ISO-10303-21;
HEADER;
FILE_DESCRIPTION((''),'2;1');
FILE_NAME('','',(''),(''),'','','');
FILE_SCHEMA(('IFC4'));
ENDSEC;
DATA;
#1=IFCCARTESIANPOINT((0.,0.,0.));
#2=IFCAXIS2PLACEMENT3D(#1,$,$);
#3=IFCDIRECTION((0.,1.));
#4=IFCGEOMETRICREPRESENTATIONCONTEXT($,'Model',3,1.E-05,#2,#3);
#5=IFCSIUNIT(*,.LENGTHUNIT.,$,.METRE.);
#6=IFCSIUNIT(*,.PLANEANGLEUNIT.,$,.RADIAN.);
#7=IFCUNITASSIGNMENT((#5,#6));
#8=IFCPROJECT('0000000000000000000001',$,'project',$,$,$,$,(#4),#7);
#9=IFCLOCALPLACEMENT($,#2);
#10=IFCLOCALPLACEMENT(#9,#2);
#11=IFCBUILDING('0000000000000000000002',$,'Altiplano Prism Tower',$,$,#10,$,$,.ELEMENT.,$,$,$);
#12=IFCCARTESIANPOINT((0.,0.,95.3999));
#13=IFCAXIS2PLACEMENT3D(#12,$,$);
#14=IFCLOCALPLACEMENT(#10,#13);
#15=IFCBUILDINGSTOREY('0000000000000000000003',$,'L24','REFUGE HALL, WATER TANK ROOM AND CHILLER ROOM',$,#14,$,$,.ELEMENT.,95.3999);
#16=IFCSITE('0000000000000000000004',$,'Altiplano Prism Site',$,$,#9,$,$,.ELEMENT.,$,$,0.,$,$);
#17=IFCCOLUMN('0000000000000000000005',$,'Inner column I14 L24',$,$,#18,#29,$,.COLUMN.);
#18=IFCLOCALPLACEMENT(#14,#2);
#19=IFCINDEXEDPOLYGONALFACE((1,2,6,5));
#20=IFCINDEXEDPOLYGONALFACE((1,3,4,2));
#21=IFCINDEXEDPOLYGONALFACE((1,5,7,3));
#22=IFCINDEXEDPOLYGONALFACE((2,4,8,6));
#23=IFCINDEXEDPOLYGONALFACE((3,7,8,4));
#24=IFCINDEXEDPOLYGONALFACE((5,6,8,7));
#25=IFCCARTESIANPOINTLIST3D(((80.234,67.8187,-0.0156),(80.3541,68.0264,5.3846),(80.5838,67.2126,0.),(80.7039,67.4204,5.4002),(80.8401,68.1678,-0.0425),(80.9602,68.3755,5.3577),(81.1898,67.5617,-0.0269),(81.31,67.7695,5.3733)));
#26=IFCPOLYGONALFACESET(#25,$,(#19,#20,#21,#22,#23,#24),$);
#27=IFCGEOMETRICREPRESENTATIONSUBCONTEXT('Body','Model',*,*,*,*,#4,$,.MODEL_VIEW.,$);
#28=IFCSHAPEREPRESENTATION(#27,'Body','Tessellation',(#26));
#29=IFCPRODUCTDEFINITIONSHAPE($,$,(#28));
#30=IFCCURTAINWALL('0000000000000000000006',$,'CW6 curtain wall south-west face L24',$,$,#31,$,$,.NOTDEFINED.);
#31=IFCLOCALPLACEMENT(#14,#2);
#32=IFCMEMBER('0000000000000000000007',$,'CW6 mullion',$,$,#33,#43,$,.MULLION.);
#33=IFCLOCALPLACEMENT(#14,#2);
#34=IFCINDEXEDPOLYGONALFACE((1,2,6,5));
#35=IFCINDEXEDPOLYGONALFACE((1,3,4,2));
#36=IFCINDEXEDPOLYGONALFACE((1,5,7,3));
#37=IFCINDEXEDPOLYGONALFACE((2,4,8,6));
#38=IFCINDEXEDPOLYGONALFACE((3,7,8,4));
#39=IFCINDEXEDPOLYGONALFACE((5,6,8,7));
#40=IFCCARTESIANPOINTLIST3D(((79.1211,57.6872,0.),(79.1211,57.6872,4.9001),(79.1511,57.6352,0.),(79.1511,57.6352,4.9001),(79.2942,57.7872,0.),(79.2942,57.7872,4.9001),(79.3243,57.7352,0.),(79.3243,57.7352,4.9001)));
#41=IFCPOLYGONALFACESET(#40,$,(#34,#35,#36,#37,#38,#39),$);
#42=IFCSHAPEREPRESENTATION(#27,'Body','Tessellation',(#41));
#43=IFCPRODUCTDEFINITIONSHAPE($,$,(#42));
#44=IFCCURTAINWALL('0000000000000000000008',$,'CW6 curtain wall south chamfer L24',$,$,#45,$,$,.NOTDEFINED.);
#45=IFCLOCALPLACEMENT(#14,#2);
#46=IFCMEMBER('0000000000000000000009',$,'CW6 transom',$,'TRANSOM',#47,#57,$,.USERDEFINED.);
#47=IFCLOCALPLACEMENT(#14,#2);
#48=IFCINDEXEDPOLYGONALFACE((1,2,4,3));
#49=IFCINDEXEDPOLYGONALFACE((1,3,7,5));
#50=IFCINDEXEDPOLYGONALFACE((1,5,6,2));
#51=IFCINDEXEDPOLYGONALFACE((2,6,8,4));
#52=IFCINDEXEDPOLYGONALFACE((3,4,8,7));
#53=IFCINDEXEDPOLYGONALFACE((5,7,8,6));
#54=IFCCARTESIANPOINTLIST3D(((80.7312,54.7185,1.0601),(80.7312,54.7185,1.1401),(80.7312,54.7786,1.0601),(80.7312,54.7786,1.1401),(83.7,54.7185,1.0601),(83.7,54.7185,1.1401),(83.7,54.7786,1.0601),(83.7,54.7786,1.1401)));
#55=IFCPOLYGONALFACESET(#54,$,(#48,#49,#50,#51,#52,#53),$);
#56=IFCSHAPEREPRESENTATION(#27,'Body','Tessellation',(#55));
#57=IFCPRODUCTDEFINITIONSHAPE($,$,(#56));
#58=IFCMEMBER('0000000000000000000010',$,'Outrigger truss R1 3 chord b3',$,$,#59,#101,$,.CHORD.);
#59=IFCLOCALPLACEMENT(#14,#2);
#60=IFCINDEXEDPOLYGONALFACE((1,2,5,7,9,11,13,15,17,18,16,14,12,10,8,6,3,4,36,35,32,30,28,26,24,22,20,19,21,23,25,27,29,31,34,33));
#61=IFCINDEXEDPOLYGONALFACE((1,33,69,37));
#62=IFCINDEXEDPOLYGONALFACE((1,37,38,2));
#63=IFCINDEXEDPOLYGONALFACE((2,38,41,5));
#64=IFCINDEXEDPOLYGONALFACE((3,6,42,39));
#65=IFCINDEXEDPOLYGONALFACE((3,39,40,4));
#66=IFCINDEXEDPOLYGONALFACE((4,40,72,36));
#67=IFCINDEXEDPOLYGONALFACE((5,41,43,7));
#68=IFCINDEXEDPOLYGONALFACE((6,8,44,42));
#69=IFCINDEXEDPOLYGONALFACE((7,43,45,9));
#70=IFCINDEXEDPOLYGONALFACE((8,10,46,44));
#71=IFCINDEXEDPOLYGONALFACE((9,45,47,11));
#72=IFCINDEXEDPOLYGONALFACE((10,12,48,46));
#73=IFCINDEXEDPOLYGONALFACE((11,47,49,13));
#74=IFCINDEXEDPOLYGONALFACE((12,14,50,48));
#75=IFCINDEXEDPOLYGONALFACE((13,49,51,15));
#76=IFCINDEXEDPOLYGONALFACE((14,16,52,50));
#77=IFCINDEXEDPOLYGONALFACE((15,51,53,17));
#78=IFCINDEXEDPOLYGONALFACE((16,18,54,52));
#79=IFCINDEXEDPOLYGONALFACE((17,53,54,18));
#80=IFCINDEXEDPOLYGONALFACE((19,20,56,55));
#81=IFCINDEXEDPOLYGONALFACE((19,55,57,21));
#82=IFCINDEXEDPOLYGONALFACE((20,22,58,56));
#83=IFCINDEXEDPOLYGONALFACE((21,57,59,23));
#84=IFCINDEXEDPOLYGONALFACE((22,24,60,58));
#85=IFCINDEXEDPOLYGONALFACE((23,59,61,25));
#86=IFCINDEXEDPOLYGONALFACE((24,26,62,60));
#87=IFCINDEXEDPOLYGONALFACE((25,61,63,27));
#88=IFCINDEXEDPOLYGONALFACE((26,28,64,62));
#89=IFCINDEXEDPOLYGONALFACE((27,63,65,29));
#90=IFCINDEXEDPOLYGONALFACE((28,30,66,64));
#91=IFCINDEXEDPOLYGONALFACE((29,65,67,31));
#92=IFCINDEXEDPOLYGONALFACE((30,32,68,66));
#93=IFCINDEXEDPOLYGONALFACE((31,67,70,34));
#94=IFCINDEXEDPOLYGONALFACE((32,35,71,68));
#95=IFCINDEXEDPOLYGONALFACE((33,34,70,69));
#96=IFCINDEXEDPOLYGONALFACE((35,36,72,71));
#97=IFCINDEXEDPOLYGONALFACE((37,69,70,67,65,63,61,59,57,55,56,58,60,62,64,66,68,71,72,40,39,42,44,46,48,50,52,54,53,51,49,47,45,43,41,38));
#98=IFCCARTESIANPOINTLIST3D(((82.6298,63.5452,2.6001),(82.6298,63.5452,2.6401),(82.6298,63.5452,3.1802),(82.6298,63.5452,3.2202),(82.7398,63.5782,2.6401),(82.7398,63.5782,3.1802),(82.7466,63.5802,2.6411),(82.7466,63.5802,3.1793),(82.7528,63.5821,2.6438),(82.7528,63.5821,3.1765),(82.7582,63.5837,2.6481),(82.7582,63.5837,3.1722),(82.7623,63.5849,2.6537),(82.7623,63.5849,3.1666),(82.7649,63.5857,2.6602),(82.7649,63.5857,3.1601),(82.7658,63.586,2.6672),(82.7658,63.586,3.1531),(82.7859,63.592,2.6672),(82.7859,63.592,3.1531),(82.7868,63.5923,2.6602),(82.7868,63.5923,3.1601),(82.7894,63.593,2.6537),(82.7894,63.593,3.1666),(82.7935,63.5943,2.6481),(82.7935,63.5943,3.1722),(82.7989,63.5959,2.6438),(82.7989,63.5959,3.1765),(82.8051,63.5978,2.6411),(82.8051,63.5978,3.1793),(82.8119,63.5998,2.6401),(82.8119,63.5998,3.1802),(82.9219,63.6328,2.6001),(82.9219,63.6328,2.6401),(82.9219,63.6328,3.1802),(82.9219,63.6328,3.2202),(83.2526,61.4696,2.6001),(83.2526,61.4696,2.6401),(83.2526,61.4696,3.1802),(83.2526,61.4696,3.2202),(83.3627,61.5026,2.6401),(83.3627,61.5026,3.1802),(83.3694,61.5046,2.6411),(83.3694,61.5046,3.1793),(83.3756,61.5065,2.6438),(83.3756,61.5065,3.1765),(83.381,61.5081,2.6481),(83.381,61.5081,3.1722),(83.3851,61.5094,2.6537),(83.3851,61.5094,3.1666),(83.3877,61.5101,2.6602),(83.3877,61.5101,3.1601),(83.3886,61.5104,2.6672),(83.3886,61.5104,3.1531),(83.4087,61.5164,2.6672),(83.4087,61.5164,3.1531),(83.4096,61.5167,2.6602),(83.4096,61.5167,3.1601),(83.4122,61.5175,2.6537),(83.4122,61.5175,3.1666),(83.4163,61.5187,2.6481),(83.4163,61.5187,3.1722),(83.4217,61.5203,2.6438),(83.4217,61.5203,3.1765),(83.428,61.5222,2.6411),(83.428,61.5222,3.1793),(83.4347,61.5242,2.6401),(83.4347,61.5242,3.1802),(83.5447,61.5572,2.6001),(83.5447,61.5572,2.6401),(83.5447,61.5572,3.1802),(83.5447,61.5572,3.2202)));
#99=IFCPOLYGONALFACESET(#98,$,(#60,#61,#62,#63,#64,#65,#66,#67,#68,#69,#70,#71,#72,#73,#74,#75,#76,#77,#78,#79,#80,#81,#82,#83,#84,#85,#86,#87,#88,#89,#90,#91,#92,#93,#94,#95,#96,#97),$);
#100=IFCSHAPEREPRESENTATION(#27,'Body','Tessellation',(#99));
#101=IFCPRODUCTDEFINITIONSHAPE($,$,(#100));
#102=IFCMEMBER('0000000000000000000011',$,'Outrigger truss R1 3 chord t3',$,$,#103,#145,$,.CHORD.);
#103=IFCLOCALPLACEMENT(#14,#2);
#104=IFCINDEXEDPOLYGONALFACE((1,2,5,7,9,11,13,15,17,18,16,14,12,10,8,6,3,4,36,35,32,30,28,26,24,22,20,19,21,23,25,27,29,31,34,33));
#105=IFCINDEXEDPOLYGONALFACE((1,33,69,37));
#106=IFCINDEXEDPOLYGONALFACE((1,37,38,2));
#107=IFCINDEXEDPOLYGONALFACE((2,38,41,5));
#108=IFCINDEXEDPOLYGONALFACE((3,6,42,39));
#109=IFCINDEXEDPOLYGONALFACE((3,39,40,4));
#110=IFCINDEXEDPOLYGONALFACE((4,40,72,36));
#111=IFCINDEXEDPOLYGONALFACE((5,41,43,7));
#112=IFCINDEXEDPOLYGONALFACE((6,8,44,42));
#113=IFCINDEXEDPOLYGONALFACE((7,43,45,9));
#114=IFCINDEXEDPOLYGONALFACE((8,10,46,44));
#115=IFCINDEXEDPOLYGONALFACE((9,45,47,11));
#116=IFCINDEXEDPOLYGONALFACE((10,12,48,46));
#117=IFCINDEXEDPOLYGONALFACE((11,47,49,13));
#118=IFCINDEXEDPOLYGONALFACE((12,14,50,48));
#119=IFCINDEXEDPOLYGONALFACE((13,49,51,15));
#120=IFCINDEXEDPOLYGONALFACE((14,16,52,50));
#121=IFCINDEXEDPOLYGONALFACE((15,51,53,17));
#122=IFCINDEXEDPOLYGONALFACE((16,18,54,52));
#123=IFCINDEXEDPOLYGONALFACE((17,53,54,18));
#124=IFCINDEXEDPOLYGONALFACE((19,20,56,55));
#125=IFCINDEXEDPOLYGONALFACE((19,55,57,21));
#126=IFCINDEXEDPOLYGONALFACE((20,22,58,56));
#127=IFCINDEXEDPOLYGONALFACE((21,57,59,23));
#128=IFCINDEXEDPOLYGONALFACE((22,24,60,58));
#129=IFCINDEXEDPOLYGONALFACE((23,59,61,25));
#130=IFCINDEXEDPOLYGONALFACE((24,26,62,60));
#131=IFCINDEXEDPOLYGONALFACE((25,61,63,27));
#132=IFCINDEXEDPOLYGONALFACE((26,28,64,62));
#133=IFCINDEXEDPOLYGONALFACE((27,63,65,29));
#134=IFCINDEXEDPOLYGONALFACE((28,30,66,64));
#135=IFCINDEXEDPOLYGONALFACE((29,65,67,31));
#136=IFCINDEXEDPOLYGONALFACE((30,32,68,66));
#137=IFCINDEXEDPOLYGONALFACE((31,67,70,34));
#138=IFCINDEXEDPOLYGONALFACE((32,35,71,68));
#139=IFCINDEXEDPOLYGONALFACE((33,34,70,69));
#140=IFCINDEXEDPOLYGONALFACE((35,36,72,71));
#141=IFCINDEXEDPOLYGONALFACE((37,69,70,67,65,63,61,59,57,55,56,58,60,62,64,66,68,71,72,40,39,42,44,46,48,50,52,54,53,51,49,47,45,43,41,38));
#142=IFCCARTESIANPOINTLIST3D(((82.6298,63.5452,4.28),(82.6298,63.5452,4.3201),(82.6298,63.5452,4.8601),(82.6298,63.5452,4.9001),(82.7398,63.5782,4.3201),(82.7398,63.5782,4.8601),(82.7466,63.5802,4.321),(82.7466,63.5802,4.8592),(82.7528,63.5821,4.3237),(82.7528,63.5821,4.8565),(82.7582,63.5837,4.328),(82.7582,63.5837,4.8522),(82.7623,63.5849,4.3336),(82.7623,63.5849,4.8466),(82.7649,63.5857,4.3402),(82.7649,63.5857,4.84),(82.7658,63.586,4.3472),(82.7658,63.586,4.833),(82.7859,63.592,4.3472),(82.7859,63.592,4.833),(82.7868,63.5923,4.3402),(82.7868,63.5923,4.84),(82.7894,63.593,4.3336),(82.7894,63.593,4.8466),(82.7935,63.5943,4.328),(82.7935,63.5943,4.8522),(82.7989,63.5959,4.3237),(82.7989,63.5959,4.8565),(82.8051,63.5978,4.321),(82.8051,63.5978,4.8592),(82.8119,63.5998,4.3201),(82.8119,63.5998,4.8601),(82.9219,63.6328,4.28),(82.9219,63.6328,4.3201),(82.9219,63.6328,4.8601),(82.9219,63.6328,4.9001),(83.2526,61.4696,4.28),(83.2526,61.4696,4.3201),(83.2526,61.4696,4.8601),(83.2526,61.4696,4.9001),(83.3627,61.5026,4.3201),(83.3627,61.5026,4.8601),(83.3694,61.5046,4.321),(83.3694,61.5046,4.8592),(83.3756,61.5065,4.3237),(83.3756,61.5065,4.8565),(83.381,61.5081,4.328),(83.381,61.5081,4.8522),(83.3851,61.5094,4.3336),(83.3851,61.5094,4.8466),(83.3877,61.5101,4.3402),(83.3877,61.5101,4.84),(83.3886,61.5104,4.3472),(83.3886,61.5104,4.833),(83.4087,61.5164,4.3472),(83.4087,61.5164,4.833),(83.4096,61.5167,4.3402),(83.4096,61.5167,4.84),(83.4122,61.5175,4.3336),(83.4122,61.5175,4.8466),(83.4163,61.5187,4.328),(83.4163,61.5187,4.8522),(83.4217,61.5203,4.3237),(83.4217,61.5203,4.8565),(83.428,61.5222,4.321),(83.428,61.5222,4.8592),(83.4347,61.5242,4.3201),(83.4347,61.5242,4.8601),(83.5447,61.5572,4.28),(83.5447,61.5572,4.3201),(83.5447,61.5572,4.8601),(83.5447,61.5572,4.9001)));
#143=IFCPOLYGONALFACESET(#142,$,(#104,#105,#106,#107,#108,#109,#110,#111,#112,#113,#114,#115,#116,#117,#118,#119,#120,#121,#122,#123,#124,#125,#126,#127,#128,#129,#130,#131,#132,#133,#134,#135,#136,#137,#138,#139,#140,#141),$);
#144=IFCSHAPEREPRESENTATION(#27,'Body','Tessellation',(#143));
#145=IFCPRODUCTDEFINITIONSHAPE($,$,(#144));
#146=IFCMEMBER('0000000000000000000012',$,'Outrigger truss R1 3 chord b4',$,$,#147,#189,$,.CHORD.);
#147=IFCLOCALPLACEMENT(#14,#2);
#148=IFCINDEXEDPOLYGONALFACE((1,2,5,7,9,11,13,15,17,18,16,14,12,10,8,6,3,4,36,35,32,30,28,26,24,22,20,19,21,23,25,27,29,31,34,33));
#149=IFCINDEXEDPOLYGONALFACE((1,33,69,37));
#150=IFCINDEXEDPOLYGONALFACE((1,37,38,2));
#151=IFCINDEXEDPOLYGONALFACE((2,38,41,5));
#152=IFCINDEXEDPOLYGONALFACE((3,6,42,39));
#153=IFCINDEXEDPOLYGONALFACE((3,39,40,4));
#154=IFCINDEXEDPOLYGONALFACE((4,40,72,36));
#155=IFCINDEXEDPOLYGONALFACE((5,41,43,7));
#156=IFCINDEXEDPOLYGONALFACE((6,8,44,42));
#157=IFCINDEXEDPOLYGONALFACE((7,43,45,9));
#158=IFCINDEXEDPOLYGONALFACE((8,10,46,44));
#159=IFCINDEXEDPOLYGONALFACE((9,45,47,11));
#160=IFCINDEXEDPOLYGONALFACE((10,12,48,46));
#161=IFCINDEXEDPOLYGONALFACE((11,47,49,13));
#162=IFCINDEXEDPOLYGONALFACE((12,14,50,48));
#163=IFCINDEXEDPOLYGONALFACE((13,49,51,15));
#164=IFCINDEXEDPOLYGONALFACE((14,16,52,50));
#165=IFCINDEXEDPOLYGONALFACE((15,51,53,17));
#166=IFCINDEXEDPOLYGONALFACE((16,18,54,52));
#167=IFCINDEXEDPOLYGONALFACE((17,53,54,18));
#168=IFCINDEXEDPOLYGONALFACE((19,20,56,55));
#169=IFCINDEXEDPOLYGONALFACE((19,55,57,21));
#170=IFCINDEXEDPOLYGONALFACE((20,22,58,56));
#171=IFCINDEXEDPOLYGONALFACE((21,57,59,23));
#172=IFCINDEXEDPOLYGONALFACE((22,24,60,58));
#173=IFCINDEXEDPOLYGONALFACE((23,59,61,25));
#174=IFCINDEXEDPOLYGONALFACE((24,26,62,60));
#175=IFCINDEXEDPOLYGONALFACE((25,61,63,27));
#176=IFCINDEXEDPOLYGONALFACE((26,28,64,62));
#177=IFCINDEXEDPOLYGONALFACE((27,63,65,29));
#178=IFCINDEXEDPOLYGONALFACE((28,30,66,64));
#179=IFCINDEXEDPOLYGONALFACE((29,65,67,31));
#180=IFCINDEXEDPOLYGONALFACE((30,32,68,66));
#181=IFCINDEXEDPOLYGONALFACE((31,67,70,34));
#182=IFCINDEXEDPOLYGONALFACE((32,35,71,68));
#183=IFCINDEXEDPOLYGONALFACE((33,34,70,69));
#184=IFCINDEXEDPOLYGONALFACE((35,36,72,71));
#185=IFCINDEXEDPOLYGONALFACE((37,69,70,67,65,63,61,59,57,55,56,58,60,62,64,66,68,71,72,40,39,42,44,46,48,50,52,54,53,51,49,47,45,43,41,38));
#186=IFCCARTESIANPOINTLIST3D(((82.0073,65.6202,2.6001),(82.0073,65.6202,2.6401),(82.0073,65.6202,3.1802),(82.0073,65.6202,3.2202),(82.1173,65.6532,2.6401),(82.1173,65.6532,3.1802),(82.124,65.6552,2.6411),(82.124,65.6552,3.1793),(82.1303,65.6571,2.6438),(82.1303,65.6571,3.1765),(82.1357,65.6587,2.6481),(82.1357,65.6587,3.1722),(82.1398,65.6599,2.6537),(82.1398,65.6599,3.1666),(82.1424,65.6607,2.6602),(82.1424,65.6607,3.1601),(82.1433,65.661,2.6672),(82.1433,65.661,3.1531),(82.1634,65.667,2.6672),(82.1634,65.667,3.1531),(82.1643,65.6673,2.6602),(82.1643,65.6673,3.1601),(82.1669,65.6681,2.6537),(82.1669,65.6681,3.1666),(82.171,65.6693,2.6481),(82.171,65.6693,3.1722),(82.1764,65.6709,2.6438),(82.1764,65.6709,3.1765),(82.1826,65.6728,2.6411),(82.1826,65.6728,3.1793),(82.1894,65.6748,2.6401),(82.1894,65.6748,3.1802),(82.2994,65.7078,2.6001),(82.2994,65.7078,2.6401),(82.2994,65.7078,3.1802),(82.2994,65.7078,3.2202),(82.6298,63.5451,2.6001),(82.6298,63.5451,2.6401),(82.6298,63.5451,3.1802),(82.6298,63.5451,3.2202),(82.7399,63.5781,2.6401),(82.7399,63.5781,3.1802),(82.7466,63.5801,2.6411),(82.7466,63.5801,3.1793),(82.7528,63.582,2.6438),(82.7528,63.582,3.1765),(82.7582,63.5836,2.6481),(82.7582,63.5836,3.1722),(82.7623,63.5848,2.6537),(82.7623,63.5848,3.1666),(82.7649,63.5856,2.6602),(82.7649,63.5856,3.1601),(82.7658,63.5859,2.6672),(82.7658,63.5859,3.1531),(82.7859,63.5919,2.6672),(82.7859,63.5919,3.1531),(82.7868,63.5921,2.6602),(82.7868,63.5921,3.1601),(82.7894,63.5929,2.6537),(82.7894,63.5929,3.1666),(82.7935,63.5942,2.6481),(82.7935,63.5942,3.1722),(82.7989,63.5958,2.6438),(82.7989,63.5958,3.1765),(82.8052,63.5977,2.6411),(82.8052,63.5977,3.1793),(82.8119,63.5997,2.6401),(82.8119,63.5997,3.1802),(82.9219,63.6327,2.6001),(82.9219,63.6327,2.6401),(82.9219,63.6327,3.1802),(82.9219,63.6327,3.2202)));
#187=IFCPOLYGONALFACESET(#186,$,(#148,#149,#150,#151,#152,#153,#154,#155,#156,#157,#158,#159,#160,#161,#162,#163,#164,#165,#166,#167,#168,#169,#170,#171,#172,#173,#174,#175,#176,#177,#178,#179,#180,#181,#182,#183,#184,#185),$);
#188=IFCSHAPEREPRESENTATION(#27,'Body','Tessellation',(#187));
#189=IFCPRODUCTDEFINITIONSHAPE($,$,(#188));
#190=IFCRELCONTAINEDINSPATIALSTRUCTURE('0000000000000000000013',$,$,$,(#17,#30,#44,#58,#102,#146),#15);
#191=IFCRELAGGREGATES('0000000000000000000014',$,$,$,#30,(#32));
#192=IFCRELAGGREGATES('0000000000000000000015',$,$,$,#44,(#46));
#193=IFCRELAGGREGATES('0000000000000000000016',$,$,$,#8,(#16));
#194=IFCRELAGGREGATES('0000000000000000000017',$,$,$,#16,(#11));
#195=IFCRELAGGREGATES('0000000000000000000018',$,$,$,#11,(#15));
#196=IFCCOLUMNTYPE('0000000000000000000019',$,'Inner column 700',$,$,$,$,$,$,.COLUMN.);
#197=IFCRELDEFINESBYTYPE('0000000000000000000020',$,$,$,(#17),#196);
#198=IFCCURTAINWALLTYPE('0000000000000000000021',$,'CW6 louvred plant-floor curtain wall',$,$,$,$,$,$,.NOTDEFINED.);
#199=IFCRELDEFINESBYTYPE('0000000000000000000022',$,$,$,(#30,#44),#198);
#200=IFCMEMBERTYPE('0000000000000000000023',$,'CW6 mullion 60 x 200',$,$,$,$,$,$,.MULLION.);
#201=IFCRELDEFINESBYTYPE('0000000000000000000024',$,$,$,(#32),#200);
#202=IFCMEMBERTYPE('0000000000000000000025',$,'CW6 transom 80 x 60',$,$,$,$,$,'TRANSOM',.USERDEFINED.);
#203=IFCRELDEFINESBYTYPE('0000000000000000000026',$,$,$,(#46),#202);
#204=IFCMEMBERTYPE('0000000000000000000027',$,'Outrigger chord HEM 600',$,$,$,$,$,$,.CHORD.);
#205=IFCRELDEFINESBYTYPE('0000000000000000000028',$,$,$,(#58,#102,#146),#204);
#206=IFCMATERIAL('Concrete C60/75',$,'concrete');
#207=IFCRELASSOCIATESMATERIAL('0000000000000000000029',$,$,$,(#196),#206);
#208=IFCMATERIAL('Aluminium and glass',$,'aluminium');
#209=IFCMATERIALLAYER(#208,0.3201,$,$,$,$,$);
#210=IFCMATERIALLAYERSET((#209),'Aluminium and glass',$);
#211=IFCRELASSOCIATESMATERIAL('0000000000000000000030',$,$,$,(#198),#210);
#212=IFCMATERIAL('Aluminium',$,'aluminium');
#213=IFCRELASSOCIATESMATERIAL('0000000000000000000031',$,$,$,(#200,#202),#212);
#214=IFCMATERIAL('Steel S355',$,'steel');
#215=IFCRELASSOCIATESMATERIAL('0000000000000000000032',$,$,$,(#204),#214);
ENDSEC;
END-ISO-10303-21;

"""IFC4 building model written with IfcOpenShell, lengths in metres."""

from ifc_helpers import new_model, si_unit, direction, frame, origin, origin_2d, place, context, subcontext, project, spatial, rectangle, i_section, extrude, material, layer, layer_set, material_profile, profile_set, type_object, element, aggregate, save


model = new_model("IFC4")

# Units and contexts
model_context = context("Model", 3, precision=1e-05, world=origin(), true_north=direction((0.0, 1.0)))
body_context = subcontext(model_context, "Body", "Model", "MODEL_VIEW")
ifc_project = project(units=[si_unit("LENGTHUNIT", "METRE"), si_unit("PLANEANGLEUNIT", "RADIAN")], contexts=[model_context])

# Site, building, storey
site_placement = place(None, origin())
site = spatial("IfcSite", under=ifc_project, at=site_placement, Name="Altiplano Prism Site", CompositionType="ELEMENT", RefElevation=0.0)
building_placement = place(site_placement, origin())
building = spatial("IfcBuilding", under=site, at=building_placement, Name="Altiplano Prism Tower", CompositionType="ELEMENT")
storey_placement = place(building_placement, frame((0.0, 0.0, 95.3999)))
storey = spatial("IfcBuildingStorey", under=building, at=storey_placement, Name="L24", Description="REFUGE HALL, WATER TANK ROOM AND CHILLER ROOM", CompositionType="ELEMENT", Elevation=95.3999)

# Column
ifc_material_1 = material(Name="Concrete C60/75", Category="concrete")
ifc_material_profile_1 = material_profile(ifc_material_1, rectangle(XDim=0.7, YDim=0.7, at=origin_2d()), Name="Inner column 700")
ifc_profile_set_1 = profile_set([ifc_material_profile_1], Name="Concrete C60/75")
column_type = type_object("IfcColumnType", Name="Inner column 700", PredefinedType="COLUMN", material=ifc_profile_set_1)
column_placement = place(storey_placement, frame((80.7119, 67.6902, -0.0212), z_axis=(0.022221, 0.038436, 0.999014), x_axis=(-0.865897, -0.498743, 0.038449)))
element("IfcColumn", 1, at=column_placement, inside=storey, type_object=column_type, Name="Inner column I14 L24", PredefinedType="COLUMN", context=body_context, shape_type="SweptSolid", body=[
    extrude(rectangle(XDim=0.7, YDim=0.7, at=origin_2d()), origin(), (0.0, 0.0, 1.0), 5.4055),
])

# Curtain walls, members
ifc_material_2 = material(Name="Aluminium and glass", Category="aluminium")
ifc_layer_1 = layer(ifc_material_2, 0.3201)
ifc_layer_set_1 = layer_set([ifc_layer_1], Name="Aluminium and glass")
curtain_wall_type = type_object("IfcCurtainWallType", Name="CW6 louvred plant-floor curtain wall", PredefinedType="NOTDEFINED", material=ifc_layer_set_1)
curtain_wall_1_placement = place(storey_placement, origin())
curtain_wall_1 = element("IfcCurtainWall", 2, at=curtain_wall_1_placement, inside=storey, type_object=curtain_wall_type, Name="CW6 curtain wall south-west face L24", PredefinedType="NOTDEFINED")
ifc_material_3 = material(Name="Aluminium", Category="aluminium")
ifc_material_profile_2 = material_profile(ifc_material_3, rectangle(XDim=0.2, YDim=0.0601, at=origin_2d()), Name="CW6 mullion 60 x 200")
ifc_profile_set_2 = profile_set([ifc_material_profile_2], Name="Aluminium")
member_type_1 = type_object("IfcMemberType", Name="CW6 mullion 60 x 200", PredefinedType="MULLION", material=ifc_profile_set_2)
member_1_placement = place(storey_placement, frame((79.2227, 57.7112, 0.0), z_axis=(0.0, 0.0, 1.0), x_axis=(0.866025, 0.5, 0.0)))
member_1 = element("IfcMember", 3, at=member_1_placement, type_object=member_type_1, Name="CW6 mullion", PredefinedType="MULLION", context=body_context, shape_type="SweptSolid", body=[
    extrude(rectangle(XDim=0.2, YDim=0.0601, at=origin_2d()), origin(), (0.0, 0.0, 1.0), 4.9001),
])
curtain_wall_2_placement = place(storey_placement, origin())
curtain_wall_2 = element("IfcCurtainWall", 4, at=curtain_wall_2_placement, inside=storey, type_object=curtain_wall_type, Name="CW6 curtain wall south chamfer L24", PredefinedType="NOTDEFINED")
ifc_material_profile_3 = material_profile(ifc_material_3, rectangle(XDim=0.0601, YDim=0.0801, at=origin_2d()), Name="CW6 transom 80 x 60")
ifc_profile_set_3 = profile_set([ifc_material_profile_3], Name="Aluminium")
member_type_2 = type_object("IfcMemberType", Name="CW6 transom 80 x 60", ElementType="TRANSOM", PredefinedType="USERDEFINED", material=ifc_profile_set_3)
member_2_placement = place(storey_placement, frame((80.7312, 54.7485, 1.1001), z_axis=(1.0, 0.0, 0.0), x_axis=(0.0, 1.0, 0.0)))
member_2 = element("IfcMember", 5, at=member_2_placement, type_object=member_type_2, Name="CW6 transom", ObjectType="TRANSOM", PredefinedType="USERDEFINED", context=body_context, shape_type="SweptSolid", body=[
    extrude(rectangle(XDim=0.0601, YDim=0.0801, at=origin_2d()), origin(), (0.0, 0.0, 1.0), 2.9688),
])

# Members
ifc_material_4 = material(Name="Steel S355", Category="steel")
ifc_material_profile_4 = material_profile(ifc_material_4, i_section(OverallWidth=0.3049, OverallDepth=0.6201, WebThickness=0.021, FlangeThickness=0.04, FilletRadius=0.0271, at=origin_2d()), Name="Outrigger chord HEM 600")
ifc_profile_set_4 = profile_set([ifc_material_profile_4], Name="Steel S355")
member_type_3 = type_object("IfcMemberType", Name="Outrigger chord HEM 600", PredefinedType="CHORD", material=ifc_profile_set_4)
for number, where, z_axis, x_axis, name in (
    (6, (83.3987, 61.5134, 2.9102), (-0.28742, 0.957805, 0.0), (-0.957805, -0.28742, 0.0), "Outrigger truss R1 3 chord b3"),
    (7, (83.3987, 61.5134, 4.5901), (-0.28742, 0.957805, 0.0), (-0.957805, -0.28742, 0.0), "Outrigger truss R1 3 chord t3"),
):
    element("IfcMember", number, at=place(storey_placement, frame(where, z_axis=z_axis, x_axis=x_axis)), inside=storey, type_object=member_type_3, Name=name, PredefinedType="CHORD", context=body_context, shape_type="SweptSolid", body=[
        extrude(i_section(OverallWidth=0.3049, OverallDepth=0.6201, WebThickness=0.021, FlangeThickness=0.04, FilletRadius=0.0271, at=origin_2d()), origin(), (0.0, 0.0, 1.0), 2.167),
    ])
for number, where, z_axis, x_axis, name in (
    (8, (82.7759, 63.5889, 2.9102), (-0.287348, 0.957826, 0.0), (-0.957826, -0.287348, 0.0), "Outrigger truss R1 3 chord b4"),
):
    element("IfcMember", number, at=place(storey_placement, frame(where, z_axis=z_axis, x_axis=x_axis)), inside=storey, type_object=member_type_3, Name=name, PredefinedType="CHORD", context=body_context, shape_type="SweptSolid", body=[
        extrude(i_section(OverallWidth=0.3049, OverallDepth=0.6201, WebThickness=0.021, FlangeThickness=0.04, FilletRadius=0.0271, at=origin_2d()), origin(), (0.0, 0.0, 1.0), 2.1665),
    ])

aggregate(curtain_wall_1, [member_1])
aggregate(curtain_wall_2, [member_2])

save(model, "model.ifc")
